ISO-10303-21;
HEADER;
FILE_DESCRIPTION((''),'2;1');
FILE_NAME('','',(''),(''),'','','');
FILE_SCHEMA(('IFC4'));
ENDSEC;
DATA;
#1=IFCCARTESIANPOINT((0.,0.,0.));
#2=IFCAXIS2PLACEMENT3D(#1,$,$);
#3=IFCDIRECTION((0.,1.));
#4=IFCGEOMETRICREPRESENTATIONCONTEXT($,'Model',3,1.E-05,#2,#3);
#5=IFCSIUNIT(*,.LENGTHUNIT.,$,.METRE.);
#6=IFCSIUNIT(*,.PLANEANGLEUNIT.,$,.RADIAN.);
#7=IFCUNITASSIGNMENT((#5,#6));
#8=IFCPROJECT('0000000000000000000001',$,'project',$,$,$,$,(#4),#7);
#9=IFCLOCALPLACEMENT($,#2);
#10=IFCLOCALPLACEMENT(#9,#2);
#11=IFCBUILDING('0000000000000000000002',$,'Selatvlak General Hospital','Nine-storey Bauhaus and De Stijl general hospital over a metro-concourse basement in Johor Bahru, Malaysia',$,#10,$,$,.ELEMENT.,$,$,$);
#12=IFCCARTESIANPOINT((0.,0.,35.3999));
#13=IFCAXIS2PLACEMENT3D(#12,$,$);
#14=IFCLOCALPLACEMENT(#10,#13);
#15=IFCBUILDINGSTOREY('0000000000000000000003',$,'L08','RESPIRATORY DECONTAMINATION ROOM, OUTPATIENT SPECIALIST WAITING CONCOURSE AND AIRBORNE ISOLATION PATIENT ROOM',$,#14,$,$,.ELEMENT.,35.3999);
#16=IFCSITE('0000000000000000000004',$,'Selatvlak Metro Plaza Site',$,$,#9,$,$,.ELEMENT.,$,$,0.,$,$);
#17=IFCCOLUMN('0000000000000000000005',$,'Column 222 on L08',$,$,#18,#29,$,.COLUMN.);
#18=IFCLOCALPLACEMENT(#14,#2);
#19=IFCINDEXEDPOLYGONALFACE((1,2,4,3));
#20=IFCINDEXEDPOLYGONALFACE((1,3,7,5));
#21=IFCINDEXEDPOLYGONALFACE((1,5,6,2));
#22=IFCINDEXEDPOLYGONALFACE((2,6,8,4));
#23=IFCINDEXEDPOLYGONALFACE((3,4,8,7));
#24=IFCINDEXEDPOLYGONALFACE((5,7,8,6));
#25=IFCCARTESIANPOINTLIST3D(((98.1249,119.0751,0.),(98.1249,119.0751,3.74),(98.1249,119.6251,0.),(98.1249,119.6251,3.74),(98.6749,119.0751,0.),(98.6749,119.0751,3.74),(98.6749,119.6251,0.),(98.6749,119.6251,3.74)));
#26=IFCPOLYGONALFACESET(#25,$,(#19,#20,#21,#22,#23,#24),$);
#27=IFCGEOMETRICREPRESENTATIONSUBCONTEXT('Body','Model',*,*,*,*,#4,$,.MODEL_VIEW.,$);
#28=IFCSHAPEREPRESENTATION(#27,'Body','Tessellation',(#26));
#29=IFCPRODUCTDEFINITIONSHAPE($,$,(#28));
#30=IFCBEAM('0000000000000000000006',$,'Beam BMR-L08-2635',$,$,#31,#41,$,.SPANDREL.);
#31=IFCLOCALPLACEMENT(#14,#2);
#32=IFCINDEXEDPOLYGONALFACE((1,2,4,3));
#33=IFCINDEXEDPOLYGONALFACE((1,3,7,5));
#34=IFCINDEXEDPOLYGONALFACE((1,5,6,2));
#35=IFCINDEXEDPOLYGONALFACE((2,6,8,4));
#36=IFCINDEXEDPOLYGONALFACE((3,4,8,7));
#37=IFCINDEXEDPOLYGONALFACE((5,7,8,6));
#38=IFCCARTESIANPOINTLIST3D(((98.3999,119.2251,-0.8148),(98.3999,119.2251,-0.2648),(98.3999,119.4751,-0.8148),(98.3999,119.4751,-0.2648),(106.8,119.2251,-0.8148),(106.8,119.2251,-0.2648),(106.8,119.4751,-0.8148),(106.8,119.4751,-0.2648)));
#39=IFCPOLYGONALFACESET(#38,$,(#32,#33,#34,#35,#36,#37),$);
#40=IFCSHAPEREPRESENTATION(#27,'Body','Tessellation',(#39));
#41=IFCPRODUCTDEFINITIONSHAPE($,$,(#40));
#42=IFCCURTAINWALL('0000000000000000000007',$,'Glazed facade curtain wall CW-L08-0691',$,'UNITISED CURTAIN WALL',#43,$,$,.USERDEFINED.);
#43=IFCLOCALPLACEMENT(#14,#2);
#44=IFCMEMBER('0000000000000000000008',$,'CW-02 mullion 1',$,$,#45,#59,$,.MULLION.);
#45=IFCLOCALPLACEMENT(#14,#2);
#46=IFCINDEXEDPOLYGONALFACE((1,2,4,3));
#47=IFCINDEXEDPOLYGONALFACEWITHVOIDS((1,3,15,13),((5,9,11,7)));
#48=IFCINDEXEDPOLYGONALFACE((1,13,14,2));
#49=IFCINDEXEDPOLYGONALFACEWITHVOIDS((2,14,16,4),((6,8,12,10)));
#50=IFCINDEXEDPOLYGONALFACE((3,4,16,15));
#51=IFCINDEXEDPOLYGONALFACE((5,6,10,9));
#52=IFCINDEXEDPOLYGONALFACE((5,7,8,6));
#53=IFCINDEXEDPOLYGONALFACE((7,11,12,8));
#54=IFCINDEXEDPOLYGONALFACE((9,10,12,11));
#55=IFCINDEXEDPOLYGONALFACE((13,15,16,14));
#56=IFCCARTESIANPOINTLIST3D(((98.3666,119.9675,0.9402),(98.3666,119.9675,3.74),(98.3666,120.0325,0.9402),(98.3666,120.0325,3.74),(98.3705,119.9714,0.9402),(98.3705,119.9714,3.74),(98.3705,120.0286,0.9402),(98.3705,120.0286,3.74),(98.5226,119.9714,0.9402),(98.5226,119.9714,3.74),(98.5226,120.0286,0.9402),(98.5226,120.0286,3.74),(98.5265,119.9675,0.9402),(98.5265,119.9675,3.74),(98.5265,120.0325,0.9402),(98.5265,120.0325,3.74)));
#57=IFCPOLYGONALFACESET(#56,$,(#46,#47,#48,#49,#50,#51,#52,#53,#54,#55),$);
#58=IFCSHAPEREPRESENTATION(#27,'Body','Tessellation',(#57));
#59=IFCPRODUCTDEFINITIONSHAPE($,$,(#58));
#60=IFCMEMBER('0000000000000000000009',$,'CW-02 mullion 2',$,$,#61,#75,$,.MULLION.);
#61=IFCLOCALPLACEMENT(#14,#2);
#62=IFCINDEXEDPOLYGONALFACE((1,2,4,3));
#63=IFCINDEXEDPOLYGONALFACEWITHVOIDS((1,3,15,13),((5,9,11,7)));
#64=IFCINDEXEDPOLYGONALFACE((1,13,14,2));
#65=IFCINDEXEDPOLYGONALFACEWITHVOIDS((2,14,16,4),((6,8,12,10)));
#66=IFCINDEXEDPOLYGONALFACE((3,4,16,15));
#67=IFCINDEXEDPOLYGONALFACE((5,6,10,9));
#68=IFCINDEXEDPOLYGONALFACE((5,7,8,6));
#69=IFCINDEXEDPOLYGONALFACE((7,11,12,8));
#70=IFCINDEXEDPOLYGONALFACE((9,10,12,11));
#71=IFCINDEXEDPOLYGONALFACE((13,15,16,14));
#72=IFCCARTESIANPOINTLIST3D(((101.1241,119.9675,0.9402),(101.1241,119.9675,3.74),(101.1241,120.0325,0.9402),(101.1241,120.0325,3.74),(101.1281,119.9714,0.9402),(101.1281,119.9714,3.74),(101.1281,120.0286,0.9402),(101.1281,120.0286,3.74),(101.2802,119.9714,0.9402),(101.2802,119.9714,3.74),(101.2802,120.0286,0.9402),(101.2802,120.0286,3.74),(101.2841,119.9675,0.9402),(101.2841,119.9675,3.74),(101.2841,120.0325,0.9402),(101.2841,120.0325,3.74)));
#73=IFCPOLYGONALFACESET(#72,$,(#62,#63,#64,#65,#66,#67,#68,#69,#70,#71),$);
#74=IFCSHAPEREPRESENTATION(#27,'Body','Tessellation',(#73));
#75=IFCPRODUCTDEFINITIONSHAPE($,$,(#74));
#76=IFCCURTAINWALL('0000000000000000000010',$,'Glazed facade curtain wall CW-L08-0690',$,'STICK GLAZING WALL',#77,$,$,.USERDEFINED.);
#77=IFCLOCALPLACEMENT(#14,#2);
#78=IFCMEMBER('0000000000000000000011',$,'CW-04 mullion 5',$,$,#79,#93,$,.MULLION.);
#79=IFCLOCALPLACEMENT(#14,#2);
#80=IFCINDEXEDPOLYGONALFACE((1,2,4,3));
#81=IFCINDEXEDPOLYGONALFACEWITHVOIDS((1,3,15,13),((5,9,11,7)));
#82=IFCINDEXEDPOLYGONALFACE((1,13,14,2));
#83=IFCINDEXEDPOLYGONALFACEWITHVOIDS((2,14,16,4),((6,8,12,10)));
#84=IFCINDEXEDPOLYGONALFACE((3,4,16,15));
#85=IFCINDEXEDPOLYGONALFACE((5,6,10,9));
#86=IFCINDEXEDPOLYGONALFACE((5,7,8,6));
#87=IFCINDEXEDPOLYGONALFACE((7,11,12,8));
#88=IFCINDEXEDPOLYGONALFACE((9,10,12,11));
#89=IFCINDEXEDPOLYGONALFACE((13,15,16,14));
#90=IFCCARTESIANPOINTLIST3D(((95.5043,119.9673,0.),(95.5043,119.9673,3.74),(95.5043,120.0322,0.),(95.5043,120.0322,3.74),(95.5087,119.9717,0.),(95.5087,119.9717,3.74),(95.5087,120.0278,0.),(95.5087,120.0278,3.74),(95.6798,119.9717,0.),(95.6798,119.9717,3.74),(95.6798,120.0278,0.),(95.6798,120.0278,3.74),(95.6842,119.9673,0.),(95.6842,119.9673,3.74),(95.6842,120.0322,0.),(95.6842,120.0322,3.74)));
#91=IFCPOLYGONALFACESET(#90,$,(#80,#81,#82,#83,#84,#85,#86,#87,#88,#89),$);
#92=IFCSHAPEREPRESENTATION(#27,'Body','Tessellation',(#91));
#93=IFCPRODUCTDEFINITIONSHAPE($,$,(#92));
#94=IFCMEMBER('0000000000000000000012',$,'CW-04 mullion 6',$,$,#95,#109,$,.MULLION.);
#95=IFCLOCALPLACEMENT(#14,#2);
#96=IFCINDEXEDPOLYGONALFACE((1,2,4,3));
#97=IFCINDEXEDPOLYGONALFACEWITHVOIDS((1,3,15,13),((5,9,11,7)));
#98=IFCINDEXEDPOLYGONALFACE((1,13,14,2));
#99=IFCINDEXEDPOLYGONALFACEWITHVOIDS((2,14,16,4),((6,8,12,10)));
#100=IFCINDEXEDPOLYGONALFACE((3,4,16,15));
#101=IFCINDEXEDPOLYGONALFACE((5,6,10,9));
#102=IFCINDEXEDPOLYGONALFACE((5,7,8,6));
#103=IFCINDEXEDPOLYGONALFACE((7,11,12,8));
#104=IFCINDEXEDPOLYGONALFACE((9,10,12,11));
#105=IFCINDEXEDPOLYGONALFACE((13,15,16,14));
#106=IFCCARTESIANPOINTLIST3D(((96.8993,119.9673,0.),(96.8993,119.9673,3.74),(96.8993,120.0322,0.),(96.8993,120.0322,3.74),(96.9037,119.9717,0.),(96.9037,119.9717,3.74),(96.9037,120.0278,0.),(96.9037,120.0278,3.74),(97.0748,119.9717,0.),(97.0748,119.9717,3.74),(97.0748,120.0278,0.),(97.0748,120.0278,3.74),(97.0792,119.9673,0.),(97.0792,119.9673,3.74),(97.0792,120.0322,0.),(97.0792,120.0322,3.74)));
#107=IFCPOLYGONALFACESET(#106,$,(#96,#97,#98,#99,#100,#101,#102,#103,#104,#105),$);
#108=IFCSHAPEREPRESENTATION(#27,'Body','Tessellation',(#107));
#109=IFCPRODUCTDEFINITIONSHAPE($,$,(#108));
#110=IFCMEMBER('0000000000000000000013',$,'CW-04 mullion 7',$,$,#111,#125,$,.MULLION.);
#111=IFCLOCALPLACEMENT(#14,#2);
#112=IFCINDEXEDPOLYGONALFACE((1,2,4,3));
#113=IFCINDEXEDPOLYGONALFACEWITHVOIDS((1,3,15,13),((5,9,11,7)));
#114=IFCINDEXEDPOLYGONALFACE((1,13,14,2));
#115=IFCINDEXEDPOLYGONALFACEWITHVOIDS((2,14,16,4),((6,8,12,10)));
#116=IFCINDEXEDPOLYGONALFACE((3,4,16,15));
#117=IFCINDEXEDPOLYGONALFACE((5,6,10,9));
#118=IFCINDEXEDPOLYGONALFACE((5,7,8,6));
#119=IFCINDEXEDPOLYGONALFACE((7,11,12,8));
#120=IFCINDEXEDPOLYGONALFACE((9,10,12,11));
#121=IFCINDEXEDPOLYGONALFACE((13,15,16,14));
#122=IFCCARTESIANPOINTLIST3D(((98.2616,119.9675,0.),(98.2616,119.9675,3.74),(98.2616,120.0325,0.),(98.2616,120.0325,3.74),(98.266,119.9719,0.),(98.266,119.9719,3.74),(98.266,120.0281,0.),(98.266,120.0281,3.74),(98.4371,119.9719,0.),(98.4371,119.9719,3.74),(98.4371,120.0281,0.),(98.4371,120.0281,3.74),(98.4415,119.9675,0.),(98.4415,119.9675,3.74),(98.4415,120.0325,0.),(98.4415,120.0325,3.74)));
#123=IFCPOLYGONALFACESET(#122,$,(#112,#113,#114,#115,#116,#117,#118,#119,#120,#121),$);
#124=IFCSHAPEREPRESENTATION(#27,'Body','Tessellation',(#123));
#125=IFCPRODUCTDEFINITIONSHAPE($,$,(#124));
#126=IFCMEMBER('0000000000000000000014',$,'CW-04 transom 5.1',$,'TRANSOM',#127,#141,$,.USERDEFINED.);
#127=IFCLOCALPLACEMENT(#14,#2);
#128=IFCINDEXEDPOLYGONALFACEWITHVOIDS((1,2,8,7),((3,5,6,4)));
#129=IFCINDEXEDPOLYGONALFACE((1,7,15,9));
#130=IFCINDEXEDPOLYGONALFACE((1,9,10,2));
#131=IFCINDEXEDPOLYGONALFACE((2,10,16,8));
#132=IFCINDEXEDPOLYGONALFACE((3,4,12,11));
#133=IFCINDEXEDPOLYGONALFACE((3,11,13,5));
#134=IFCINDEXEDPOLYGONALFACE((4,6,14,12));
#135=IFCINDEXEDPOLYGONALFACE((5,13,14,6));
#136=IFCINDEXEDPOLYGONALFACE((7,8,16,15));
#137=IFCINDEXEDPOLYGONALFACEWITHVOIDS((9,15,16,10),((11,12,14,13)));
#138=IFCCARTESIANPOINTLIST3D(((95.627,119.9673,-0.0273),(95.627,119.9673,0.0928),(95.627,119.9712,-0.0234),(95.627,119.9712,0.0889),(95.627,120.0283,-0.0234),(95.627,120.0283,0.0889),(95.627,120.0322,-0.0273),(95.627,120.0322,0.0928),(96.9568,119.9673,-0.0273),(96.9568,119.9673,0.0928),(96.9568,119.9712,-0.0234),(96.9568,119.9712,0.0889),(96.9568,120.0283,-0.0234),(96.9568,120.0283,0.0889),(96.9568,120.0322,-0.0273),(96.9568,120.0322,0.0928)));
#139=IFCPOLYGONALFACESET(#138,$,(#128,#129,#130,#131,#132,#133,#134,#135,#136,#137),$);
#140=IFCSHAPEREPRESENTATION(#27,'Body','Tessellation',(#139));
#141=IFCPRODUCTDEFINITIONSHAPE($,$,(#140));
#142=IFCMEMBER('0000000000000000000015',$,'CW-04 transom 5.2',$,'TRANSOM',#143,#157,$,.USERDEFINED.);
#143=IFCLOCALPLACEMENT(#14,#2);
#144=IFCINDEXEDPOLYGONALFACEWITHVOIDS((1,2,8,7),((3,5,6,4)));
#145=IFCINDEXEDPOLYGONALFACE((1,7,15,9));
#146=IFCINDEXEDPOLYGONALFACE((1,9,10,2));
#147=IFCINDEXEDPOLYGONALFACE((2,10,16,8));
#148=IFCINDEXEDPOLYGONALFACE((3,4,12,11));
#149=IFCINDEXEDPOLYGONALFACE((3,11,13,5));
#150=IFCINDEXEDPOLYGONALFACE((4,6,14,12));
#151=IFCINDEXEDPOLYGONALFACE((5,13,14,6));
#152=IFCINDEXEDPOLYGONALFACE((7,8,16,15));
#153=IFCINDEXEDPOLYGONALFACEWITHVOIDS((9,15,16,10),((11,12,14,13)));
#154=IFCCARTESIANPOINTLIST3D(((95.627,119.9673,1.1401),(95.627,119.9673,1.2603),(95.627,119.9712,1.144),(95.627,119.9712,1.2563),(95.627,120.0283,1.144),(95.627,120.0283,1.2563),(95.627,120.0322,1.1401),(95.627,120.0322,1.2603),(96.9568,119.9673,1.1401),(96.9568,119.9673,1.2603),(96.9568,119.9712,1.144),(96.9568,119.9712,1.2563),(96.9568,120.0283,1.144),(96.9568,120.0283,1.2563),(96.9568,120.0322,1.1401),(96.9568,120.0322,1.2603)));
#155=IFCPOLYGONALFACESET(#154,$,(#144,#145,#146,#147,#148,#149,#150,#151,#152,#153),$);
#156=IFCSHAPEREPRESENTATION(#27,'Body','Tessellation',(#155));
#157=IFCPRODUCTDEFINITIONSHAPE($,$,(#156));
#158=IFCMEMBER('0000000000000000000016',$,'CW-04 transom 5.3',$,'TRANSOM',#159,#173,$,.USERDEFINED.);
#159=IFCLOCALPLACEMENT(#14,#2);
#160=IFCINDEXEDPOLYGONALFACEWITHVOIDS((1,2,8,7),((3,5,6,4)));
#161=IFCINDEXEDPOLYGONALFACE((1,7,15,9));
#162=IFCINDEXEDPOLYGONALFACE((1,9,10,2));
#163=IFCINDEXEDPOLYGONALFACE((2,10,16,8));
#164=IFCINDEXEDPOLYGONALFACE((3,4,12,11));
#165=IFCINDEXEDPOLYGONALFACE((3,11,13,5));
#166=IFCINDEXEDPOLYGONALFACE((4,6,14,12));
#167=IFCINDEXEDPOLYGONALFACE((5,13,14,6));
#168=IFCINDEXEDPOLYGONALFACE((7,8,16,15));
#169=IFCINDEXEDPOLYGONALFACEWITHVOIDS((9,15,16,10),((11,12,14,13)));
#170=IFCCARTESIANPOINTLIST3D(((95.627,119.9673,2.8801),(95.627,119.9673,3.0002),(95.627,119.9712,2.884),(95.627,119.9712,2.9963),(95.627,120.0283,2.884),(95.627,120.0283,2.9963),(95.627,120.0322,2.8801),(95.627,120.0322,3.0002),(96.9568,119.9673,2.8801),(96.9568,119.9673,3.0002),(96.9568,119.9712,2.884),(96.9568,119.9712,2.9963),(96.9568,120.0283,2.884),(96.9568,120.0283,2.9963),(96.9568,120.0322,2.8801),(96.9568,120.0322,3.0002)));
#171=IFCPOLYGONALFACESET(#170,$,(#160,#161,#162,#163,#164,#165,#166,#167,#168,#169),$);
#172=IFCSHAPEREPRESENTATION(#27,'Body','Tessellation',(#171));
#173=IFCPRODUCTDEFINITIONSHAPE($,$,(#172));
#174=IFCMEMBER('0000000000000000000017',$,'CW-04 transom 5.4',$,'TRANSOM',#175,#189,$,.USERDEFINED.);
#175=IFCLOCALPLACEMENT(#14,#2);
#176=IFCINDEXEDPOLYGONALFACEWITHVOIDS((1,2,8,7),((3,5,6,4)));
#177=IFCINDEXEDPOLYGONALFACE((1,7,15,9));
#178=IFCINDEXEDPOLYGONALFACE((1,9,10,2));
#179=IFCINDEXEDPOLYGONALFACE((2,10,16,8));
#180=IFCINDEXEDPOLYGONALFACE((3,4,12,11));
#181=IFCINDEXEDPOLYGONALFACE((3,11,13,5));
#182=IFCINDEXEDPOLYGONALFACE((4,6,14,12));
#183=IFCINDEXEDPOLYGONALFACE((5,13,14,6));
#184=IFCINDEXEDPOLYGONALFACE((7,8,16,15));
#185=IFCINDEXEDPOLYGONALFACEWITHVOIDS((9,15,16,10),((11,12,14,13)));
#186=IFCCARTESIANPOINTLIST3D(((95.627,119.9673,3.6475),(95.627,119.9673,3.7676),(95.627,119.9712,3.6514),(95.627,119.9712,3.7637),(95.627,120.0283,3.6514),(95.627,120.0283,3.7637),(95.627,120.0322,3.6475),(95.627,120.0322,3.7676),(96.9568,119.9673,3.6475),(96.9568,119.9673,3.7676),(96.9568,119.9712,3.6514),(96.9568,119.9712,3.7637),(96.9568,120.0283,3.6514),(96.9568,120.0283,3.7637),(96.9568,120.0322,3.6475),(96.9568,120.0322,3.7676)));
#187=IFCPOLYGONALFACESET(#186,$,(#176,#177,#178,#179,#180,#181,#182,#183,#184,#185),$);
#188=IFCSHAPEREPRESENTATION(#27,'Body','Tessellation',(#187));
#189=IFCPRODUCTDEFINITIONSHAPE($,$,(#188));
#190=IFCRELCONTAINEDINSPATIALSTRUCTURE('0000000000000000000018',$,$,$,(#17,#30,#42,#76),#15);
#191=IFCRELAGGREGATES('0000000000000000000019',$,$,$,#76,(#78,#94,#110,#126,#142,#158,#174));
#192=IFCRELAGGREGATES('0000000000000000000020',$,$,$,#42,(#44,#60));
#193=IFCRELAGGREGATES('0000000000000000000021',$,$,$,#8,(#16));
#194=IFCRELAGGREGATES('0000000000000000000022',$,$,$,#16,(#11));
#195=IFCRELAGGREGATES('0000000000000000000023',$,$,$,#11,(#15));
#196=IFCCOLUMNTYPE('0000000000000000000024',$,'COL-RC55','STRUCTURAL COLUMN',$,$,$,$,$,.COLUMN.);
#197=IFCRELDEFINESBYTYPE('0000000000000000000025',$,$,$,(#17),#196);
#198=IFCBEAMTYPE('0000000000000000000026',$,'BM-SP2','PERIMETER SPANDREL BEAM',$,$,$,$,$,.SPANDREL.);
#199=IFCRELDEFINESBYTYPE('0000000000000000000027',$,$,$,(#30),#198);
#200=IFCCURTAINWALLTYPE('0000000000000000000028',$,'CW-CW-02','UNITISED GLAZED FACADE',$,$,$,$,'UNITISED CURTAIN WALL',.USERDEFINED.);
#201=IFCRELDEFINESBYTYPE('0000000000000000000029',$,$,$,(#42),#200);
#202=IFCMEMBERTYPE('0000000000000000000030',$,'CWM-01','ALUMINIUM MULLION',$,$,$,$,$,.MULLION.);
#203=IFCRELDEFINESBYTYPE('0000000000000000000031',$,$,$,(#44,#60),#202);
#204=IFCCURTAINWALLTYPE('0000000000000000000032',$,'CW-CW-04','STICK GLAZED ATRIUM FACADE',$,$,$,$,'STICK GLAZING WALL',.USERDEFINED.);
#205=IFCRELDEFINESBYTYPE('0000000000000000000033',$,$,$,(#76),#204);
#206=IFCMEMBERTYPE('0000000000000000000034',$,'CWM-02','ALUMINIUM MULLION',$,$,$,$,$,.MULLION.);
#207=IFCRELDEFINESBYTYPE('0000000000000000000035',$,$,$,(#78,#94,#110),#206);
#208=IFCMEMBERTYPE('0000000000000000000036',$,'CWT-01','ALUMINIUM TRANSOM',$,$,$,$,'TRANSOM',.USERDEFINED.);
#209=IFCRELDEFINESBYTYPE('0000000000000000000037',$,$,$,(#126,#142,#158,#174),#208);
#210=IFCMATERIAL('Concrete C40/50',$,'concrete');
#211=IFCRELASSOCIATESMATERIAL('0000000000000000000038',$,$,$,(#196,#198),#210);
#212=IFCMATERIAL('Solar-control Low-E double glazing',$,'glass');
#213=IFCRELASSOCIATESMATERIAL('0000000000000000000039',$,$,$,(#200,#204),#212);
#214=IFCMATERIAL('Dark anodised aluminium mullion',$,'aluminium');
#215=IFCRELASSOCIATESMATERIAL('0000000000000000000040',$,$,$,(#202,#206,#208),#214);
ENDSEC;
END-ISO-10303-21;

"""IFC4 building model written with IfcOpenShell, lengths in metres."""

from ifc_helpers import new_model, si_unit, direction, frame, origin, origin_2d, place, context, subcontext, project, spatial, rectangle, hollow_rectangle, extrude, material, material_profile, profile_set, type_object, element, aggregate, save


model = new_model("IFC4")

# Units and contexts
model_context = context("Model", 3, precision=1e-05, world=origin(), true_north=direction((0.0, 1.0)))
body_context = subcontext(model_context, "Body", "Model", "MODEL_VIEW")
ifc_project = project(units=[si_unit("LENGTHUNIT", "METRE"), si_unit("PLANEANGLEUNIT", "RADIAN")], contexts=[model_context])

# Site, building, storey
site_placement = place(None, origin())
site = spatial("IfcSite", under=ifc_project, at=site_placement, Name="Selatvlak Metro Plaza Site", CompositionType="ELEMENT", RefElevation=0.0)
building_placement = place(site_placement, origin())
building = spatial("IfcBuilding", under=site, at=building_placement, Name="Selatvlak General Hospital", Description="Nine-storey Bauhaus and De Stijl general hospital over a metro-concourse basement in Johor Bahru, Malaysia", CompositionType="ELEMENT")
storey_placement = place(building_placement, frame((0.0, 0.0, 35.3999)))
storey = spatial("IfcBuildingStorey", under=building, at=storey_placement, Name="L08", Description="RESPIRATORY DECONTAMINATION ROOM, OUTPATIENT SPECIALIST WAITING CONCOURSE AND AIRBORNE ISOLATION PATIENT ROOM", CompositionType="ELEMENT", Elevation=35.3999)

# Column
ifc_material_1 = material(Name="Concrete C40/50", Category="concrete")
ifc_material_profile_1 = material_profile(ifc_material_1, rectangle(XDim=0.55, YDim=0.55, at=origin_2d()), Name="RC-COL 550x550")
ifc_profile_set_1 = profile_set([ifc_material_profile_1], Name="Concrete C40/50")
column_type = type_object("IfcColumnType", Name="COL-RC55", Description="STRUCTURAL COLUMN", PredefinedType="COLUMN", material=ifc_profile_set_1)
column_placement = place(storey_placement, frame((98.3999, 119.3501, 0.0), z_axis=(0.0, 0.0, 1.0), x_axis=(1.0, 0.0, 0.0)))
element("IfcColumn", 1, at=column_placement, inside=storey, type_object=column_type, Name="Column 222 on L08", PredefinedType="COLUMN", context=body_context, shape_type="SweptSolid", body=[
    extrude(rectangle(XDim=0.55, YDim=0.55, at=origin_2d()), origin(), (0.0, 0.0, 1.0), 3.74),
])

# Beam
ifc_material_profile_2 = material_profile(ifc_material_1, rectangle(XDim=0.25, YDim=0.55, at=origin_2d()), Name="RC-SP 250x550")
ifc_profile_set_2 = profile_set([ifc_material_profile_2], Name="Concrete C40/50")
beam_type = type_object("IfcBeamType", Name="BM-SP2", Description="PERIMETER SPANDREL BEAM", PredefinedType="SPANDREL", material=ifc_profile_set_2)
beam_placement = place(storey_placement, frame((98.3999, 119.3501, -0.5398), z_axis=(1.0, 0.0, 0.0), x_axis=(0.0, 1.0, 0.0)))
element("IfcBeam", 2, at=beam_placement, inside=storey, type_object=beam_type, Name="Beam BMR-L08-2635", PredefinedType="SPANDREL", context=body_context, shape_type="SweptSolid", body=[
    extrude(rectangle(XDim=0.25, YDim=0.55, at=origin_2d()), origin(), (0.0, 0.0, 1.0), 8.4001),
])

# Curtain walls, members
ifc_material_2 = material(Name="Solar-control Low-E double glazing", Category="glass")
curtain_wall_type_1 = type_object("IfcCurtainWallType", Name="CW-CW-02", Description="UNITISED GLAZED FACADE", ElementType="UNITISED CURTAIN WALL", PredefinedType="USERDEFINED", material=ifc_material_2)
curtain_wall_1_placement = place(storey_placement, origin())
curtain_wall_1 = element("IfcCurtainWall", 3, at=curtain_wall_1_placement, inside=storey, type_object=curtain_wall_type_1, Name="Glazed facade curtain wall CW-L08-0691", ObjectType="UNITISED CURTAIN WALL", PredefinedType="USERDEFINED")
ifc_material_3 = material(Name="Dark anodised aluminium mullion", Category="aluminium")
ifc_material_profile_3 = material_profile(ifc_material_3, hollow_rectangle(XDim=0.0649, YDim=0.1599, WallThickness=0.0039, at=origin_2d()), Name="AL-MUL 65x160x4")
ifc_profile_set_3 = profile_set([ifc_material_profile_3], Name="Dark anodised aluminium mullion")
member_type_1 = type_object("IfcMemberType", Name="CWM-01", Description="ALUMINIUM MULLION", PredefinedType="MULLION", material=ifc_profile_set_3)
member_1_placement = place(storey_placement, frame((98.4465, 120.0, 0.9402), z_axis=(0.0, 0.0, 1.0), x_axis=(0.0, 1.0, 0.0)))
member_1 = element("IfcMember", 4, at=member_1_placement, type_object=member_type_1, Name="CW-02 mullion 1", PredefinedType="MULLION", context=body_context, shape_type="SweptSolid", body=[
    extrude(hollow_rectangle(XDim=0.0649, YDim=0.1599, WallThickness=0.0039, at=origin_2d()), origin(), (0.0, 0.0, 1.0), 2.7998),
])
member_2_placement = place(storey_placement, frame((101.2041, 120.0, 0.9402), z_axis=(0.0, 0.0, 1.0), x_axis=(0.0, 1.0, 0.0)))
member_2 = element("IfcMember", 5, at=member_2_placement, type_object=member_type_1, Name="CW-02 mullion 2", PredefinedType="MULLION", context=body_context, shape_type="SweptSolid", body=[
    extrude(hollow_rectangle(XDim=0.0649, YDim=0.1599, WallThickness=0.0039, at=origin_2d()), origin(), (0.0, 0.0, 1.0), 2.7998),
])
curtain_wall_type_2 = type_object("IfcCurtainWallType", Name="CW-CW-04", Description="STICK GLAZED ATRIUM FACADE", ElementType="STICK GLAZING WALL", PredefinedType="USERDEFINED", material=ifc_material_2)
curtain_wall_2_placement = place(storey_placement, origin())
curtain_wall_2 = element("IfcCurtainWall", 6, at=curtain_wall_2_placement, inside=storey, type_object=curtain_wall_type_2, Name="Glazed facade curtain wall CW-L08-0690", ObjectType="STICK GLAZING WALL", PredefinedType="USERDEFINED")
ifc_material_profile_4 = material_profile(ifc_material_3, hollow_rectangle(XDim=0.0649, YDim=0.1799, WallThickness=0.0044, at=origin_2d()), Name="AL-MUL 65x180x4.5")
ifc_profile_set_4 = profile_set([ifc_material_profile_4], Name="Dark anodised aluminium mullion")
member_type_2 = type_object("IfcMemberType", Name="CWM-02", Description="ALUMINIUM MULLION", PredefinedType="MULLION", material=ifc_profile_set_4)
member_3_placement = place(storey_placement, frame((95.5942, 119.9998, 0.0), z_axis=(0.0, 0.0, 1.0), x_axis=(-0.000119, 1.0, 0.0)))
member_3 = element("IfcMember", 7, at=member_3_placement, type_object=member_type_2, Name="CW-04 mullion 5", PredefinedType="MULLION", context=body_context, shape_type="SweptSolid", body=[
    extrude(hollow_rectangle(XDim=0.0649, YDim=0.1799, WallThickness=0.0044, at=origin_2d()), origin(), (0.0, 0.0, 1.0), 3.74),
])
member_4_placement = place(storey_placement, frame((96.9893, 119.9998, 0.0), z_axis=(0.0, 0.0, 1.0), x_axis=(-0.000119, 1.0, 0.0)))
member_4 = element("IfcMember", 8, at=member_4_placement, type_object=member_type_2, Name="CW-04 mullion 6", PredefinedType="MULLION", context=body_context, shape_type="SweptSolid", body=[
    extrude(hollow_rectangle(XDim=0.0649, YDim=0.1799, WallThickness=0.0044, at=origin_2d()), origin(), (0.0, 0.0, 1.0), 3.74),
])
member_5_placement = place(storey_placement, frame((98.3516, 120.0, 0.0), z_axis=(0.0, 0.0, 1.0), x_axis=(-0.000119, 1.0, 0.0)))
member_5 = element("IfcMember", 9, at=member_5_placement, type_object=member_type_2, Name="CW-04 mullion 7", PredefinedType="MULLION", context=body_context, shape_type="SweptSolid", body=[
    extrude(hollow_rectangle(XDim=0.0649, YDim=0.1799, WallThickness=0.0044, at=origin_2d()), origin(), (0.0, 0.0, 1.0), 3.74),
])
ifc_material_profile_5 = material_profile(ifc_material_3, hollow_rectangle(XDim=0.0649, YDim=0.1201, WallThickness=0.0039, at=origin_2d()), Name="AL-TRN 65x120x4")
ifc_profile_set_5 = profile_set([ifc_material_profile_5], Name="Dark anodised aluminium mullion")
member_type_3 = type_object("IfcMemberType", Name="CWT-01", Description="ALUMINIUM TRANSOM", ElementType="TRANSOM", PredefinedType="USERDEFINED", material=ifc_profile_set_5)
member_6_placement = place(storey_placement, frame((95.627, 119.9998, 0.0327), z_axis=(1.0, 0.0, 0.0), x_axis=(0.0, 1.0, 0.0)))
member_6 = element("IfcMember", 10, at=member_6_placement, type_object=member_type_3, Name="CW-04 transom 5.1", ObjectType="TRANSOM", PredefinedType="USERDEFINED", context=body_context, shape_type="SweptSolid", body=[
    extrude(hollow_rectangle(XDim=0.0649, YDim=0.1201, WallThickness=0.0039, at=origin_2d()), origin(), (0.0, 0.0, 1.0), 1.3298),
])
member_7_placement = place(storey_placement, frame((95.627, 119.9998, 1.2002), z_axis=(1.0, 0.0, 0.0), x_axis=(0.0, 1.0, 0.0)))
member_7 = element("IfcMember", 11, at=member_7_placement, type_object=member_type_3, Name="CW-04 transom 5.2", ObjectType="TRANSOM", PredefinedType="USERDEFINED", context=body_context, shape_type="SweptSolid", body=[
    extrude(hollow_rectangle(XDim=0.0649, YDim=0.1201, WallThickness=0.0039, at=origin_2d()), origin(), (0.0, 0.0, 1.0), 1.3298),
])
member_8_placement = place(storey_placement, frame((95.627, 119.9998, 2.9402), z_axis=(1.0, 0.0, 0.0), x_axis=(0.0, 1.0, 0.0)))
member_8 = element("IfcMember", 12, at=member_8_placement, type_object=member_type_3, Name="CW-04 transom 5.3", ObjectType="TRANSOM", PredefinedType="USERDEFINED", context=body_context, shape_type="SweptSolid", body=[
    extrude(hollow_rectangle(XDim=0.0649, YDim=0.1201, WallThickness=0.0039, at=origin_2d()), origin(), (0.0, 0.0, 1.0), 1.3298),
])
member_9_placement = place(storey_placement, frame((95.627, 119.9998, 3.7075), z_axis=(1.0, 0.0, 0.0), x_axis=(0.0, 1.0, 0.0)))
member_9 = element("IfcMember", 13, at=member_9_placement, type_object=member_type_3, Name="CW-04 transom 5.4", ObjectType="TRANSOM", PredefinedType="USERDEFINED", context=body_context, shape_type="SweptSolid", body=[
    extrude(hollow_rectangle(XDim=0.0649, YDim=0.1201, WallThickness=0.0039, at=origin_2d()), origin(), (0.0, 0.0, 1.0), 1.3298),
])

aggregate(curtain_wall_2, [member_3, member_4, member_5, member_6, member_7, member_8, member_9])
aggregate(curtain_wall_1, [member_1, member_2])

save(model, "model.ifc")
